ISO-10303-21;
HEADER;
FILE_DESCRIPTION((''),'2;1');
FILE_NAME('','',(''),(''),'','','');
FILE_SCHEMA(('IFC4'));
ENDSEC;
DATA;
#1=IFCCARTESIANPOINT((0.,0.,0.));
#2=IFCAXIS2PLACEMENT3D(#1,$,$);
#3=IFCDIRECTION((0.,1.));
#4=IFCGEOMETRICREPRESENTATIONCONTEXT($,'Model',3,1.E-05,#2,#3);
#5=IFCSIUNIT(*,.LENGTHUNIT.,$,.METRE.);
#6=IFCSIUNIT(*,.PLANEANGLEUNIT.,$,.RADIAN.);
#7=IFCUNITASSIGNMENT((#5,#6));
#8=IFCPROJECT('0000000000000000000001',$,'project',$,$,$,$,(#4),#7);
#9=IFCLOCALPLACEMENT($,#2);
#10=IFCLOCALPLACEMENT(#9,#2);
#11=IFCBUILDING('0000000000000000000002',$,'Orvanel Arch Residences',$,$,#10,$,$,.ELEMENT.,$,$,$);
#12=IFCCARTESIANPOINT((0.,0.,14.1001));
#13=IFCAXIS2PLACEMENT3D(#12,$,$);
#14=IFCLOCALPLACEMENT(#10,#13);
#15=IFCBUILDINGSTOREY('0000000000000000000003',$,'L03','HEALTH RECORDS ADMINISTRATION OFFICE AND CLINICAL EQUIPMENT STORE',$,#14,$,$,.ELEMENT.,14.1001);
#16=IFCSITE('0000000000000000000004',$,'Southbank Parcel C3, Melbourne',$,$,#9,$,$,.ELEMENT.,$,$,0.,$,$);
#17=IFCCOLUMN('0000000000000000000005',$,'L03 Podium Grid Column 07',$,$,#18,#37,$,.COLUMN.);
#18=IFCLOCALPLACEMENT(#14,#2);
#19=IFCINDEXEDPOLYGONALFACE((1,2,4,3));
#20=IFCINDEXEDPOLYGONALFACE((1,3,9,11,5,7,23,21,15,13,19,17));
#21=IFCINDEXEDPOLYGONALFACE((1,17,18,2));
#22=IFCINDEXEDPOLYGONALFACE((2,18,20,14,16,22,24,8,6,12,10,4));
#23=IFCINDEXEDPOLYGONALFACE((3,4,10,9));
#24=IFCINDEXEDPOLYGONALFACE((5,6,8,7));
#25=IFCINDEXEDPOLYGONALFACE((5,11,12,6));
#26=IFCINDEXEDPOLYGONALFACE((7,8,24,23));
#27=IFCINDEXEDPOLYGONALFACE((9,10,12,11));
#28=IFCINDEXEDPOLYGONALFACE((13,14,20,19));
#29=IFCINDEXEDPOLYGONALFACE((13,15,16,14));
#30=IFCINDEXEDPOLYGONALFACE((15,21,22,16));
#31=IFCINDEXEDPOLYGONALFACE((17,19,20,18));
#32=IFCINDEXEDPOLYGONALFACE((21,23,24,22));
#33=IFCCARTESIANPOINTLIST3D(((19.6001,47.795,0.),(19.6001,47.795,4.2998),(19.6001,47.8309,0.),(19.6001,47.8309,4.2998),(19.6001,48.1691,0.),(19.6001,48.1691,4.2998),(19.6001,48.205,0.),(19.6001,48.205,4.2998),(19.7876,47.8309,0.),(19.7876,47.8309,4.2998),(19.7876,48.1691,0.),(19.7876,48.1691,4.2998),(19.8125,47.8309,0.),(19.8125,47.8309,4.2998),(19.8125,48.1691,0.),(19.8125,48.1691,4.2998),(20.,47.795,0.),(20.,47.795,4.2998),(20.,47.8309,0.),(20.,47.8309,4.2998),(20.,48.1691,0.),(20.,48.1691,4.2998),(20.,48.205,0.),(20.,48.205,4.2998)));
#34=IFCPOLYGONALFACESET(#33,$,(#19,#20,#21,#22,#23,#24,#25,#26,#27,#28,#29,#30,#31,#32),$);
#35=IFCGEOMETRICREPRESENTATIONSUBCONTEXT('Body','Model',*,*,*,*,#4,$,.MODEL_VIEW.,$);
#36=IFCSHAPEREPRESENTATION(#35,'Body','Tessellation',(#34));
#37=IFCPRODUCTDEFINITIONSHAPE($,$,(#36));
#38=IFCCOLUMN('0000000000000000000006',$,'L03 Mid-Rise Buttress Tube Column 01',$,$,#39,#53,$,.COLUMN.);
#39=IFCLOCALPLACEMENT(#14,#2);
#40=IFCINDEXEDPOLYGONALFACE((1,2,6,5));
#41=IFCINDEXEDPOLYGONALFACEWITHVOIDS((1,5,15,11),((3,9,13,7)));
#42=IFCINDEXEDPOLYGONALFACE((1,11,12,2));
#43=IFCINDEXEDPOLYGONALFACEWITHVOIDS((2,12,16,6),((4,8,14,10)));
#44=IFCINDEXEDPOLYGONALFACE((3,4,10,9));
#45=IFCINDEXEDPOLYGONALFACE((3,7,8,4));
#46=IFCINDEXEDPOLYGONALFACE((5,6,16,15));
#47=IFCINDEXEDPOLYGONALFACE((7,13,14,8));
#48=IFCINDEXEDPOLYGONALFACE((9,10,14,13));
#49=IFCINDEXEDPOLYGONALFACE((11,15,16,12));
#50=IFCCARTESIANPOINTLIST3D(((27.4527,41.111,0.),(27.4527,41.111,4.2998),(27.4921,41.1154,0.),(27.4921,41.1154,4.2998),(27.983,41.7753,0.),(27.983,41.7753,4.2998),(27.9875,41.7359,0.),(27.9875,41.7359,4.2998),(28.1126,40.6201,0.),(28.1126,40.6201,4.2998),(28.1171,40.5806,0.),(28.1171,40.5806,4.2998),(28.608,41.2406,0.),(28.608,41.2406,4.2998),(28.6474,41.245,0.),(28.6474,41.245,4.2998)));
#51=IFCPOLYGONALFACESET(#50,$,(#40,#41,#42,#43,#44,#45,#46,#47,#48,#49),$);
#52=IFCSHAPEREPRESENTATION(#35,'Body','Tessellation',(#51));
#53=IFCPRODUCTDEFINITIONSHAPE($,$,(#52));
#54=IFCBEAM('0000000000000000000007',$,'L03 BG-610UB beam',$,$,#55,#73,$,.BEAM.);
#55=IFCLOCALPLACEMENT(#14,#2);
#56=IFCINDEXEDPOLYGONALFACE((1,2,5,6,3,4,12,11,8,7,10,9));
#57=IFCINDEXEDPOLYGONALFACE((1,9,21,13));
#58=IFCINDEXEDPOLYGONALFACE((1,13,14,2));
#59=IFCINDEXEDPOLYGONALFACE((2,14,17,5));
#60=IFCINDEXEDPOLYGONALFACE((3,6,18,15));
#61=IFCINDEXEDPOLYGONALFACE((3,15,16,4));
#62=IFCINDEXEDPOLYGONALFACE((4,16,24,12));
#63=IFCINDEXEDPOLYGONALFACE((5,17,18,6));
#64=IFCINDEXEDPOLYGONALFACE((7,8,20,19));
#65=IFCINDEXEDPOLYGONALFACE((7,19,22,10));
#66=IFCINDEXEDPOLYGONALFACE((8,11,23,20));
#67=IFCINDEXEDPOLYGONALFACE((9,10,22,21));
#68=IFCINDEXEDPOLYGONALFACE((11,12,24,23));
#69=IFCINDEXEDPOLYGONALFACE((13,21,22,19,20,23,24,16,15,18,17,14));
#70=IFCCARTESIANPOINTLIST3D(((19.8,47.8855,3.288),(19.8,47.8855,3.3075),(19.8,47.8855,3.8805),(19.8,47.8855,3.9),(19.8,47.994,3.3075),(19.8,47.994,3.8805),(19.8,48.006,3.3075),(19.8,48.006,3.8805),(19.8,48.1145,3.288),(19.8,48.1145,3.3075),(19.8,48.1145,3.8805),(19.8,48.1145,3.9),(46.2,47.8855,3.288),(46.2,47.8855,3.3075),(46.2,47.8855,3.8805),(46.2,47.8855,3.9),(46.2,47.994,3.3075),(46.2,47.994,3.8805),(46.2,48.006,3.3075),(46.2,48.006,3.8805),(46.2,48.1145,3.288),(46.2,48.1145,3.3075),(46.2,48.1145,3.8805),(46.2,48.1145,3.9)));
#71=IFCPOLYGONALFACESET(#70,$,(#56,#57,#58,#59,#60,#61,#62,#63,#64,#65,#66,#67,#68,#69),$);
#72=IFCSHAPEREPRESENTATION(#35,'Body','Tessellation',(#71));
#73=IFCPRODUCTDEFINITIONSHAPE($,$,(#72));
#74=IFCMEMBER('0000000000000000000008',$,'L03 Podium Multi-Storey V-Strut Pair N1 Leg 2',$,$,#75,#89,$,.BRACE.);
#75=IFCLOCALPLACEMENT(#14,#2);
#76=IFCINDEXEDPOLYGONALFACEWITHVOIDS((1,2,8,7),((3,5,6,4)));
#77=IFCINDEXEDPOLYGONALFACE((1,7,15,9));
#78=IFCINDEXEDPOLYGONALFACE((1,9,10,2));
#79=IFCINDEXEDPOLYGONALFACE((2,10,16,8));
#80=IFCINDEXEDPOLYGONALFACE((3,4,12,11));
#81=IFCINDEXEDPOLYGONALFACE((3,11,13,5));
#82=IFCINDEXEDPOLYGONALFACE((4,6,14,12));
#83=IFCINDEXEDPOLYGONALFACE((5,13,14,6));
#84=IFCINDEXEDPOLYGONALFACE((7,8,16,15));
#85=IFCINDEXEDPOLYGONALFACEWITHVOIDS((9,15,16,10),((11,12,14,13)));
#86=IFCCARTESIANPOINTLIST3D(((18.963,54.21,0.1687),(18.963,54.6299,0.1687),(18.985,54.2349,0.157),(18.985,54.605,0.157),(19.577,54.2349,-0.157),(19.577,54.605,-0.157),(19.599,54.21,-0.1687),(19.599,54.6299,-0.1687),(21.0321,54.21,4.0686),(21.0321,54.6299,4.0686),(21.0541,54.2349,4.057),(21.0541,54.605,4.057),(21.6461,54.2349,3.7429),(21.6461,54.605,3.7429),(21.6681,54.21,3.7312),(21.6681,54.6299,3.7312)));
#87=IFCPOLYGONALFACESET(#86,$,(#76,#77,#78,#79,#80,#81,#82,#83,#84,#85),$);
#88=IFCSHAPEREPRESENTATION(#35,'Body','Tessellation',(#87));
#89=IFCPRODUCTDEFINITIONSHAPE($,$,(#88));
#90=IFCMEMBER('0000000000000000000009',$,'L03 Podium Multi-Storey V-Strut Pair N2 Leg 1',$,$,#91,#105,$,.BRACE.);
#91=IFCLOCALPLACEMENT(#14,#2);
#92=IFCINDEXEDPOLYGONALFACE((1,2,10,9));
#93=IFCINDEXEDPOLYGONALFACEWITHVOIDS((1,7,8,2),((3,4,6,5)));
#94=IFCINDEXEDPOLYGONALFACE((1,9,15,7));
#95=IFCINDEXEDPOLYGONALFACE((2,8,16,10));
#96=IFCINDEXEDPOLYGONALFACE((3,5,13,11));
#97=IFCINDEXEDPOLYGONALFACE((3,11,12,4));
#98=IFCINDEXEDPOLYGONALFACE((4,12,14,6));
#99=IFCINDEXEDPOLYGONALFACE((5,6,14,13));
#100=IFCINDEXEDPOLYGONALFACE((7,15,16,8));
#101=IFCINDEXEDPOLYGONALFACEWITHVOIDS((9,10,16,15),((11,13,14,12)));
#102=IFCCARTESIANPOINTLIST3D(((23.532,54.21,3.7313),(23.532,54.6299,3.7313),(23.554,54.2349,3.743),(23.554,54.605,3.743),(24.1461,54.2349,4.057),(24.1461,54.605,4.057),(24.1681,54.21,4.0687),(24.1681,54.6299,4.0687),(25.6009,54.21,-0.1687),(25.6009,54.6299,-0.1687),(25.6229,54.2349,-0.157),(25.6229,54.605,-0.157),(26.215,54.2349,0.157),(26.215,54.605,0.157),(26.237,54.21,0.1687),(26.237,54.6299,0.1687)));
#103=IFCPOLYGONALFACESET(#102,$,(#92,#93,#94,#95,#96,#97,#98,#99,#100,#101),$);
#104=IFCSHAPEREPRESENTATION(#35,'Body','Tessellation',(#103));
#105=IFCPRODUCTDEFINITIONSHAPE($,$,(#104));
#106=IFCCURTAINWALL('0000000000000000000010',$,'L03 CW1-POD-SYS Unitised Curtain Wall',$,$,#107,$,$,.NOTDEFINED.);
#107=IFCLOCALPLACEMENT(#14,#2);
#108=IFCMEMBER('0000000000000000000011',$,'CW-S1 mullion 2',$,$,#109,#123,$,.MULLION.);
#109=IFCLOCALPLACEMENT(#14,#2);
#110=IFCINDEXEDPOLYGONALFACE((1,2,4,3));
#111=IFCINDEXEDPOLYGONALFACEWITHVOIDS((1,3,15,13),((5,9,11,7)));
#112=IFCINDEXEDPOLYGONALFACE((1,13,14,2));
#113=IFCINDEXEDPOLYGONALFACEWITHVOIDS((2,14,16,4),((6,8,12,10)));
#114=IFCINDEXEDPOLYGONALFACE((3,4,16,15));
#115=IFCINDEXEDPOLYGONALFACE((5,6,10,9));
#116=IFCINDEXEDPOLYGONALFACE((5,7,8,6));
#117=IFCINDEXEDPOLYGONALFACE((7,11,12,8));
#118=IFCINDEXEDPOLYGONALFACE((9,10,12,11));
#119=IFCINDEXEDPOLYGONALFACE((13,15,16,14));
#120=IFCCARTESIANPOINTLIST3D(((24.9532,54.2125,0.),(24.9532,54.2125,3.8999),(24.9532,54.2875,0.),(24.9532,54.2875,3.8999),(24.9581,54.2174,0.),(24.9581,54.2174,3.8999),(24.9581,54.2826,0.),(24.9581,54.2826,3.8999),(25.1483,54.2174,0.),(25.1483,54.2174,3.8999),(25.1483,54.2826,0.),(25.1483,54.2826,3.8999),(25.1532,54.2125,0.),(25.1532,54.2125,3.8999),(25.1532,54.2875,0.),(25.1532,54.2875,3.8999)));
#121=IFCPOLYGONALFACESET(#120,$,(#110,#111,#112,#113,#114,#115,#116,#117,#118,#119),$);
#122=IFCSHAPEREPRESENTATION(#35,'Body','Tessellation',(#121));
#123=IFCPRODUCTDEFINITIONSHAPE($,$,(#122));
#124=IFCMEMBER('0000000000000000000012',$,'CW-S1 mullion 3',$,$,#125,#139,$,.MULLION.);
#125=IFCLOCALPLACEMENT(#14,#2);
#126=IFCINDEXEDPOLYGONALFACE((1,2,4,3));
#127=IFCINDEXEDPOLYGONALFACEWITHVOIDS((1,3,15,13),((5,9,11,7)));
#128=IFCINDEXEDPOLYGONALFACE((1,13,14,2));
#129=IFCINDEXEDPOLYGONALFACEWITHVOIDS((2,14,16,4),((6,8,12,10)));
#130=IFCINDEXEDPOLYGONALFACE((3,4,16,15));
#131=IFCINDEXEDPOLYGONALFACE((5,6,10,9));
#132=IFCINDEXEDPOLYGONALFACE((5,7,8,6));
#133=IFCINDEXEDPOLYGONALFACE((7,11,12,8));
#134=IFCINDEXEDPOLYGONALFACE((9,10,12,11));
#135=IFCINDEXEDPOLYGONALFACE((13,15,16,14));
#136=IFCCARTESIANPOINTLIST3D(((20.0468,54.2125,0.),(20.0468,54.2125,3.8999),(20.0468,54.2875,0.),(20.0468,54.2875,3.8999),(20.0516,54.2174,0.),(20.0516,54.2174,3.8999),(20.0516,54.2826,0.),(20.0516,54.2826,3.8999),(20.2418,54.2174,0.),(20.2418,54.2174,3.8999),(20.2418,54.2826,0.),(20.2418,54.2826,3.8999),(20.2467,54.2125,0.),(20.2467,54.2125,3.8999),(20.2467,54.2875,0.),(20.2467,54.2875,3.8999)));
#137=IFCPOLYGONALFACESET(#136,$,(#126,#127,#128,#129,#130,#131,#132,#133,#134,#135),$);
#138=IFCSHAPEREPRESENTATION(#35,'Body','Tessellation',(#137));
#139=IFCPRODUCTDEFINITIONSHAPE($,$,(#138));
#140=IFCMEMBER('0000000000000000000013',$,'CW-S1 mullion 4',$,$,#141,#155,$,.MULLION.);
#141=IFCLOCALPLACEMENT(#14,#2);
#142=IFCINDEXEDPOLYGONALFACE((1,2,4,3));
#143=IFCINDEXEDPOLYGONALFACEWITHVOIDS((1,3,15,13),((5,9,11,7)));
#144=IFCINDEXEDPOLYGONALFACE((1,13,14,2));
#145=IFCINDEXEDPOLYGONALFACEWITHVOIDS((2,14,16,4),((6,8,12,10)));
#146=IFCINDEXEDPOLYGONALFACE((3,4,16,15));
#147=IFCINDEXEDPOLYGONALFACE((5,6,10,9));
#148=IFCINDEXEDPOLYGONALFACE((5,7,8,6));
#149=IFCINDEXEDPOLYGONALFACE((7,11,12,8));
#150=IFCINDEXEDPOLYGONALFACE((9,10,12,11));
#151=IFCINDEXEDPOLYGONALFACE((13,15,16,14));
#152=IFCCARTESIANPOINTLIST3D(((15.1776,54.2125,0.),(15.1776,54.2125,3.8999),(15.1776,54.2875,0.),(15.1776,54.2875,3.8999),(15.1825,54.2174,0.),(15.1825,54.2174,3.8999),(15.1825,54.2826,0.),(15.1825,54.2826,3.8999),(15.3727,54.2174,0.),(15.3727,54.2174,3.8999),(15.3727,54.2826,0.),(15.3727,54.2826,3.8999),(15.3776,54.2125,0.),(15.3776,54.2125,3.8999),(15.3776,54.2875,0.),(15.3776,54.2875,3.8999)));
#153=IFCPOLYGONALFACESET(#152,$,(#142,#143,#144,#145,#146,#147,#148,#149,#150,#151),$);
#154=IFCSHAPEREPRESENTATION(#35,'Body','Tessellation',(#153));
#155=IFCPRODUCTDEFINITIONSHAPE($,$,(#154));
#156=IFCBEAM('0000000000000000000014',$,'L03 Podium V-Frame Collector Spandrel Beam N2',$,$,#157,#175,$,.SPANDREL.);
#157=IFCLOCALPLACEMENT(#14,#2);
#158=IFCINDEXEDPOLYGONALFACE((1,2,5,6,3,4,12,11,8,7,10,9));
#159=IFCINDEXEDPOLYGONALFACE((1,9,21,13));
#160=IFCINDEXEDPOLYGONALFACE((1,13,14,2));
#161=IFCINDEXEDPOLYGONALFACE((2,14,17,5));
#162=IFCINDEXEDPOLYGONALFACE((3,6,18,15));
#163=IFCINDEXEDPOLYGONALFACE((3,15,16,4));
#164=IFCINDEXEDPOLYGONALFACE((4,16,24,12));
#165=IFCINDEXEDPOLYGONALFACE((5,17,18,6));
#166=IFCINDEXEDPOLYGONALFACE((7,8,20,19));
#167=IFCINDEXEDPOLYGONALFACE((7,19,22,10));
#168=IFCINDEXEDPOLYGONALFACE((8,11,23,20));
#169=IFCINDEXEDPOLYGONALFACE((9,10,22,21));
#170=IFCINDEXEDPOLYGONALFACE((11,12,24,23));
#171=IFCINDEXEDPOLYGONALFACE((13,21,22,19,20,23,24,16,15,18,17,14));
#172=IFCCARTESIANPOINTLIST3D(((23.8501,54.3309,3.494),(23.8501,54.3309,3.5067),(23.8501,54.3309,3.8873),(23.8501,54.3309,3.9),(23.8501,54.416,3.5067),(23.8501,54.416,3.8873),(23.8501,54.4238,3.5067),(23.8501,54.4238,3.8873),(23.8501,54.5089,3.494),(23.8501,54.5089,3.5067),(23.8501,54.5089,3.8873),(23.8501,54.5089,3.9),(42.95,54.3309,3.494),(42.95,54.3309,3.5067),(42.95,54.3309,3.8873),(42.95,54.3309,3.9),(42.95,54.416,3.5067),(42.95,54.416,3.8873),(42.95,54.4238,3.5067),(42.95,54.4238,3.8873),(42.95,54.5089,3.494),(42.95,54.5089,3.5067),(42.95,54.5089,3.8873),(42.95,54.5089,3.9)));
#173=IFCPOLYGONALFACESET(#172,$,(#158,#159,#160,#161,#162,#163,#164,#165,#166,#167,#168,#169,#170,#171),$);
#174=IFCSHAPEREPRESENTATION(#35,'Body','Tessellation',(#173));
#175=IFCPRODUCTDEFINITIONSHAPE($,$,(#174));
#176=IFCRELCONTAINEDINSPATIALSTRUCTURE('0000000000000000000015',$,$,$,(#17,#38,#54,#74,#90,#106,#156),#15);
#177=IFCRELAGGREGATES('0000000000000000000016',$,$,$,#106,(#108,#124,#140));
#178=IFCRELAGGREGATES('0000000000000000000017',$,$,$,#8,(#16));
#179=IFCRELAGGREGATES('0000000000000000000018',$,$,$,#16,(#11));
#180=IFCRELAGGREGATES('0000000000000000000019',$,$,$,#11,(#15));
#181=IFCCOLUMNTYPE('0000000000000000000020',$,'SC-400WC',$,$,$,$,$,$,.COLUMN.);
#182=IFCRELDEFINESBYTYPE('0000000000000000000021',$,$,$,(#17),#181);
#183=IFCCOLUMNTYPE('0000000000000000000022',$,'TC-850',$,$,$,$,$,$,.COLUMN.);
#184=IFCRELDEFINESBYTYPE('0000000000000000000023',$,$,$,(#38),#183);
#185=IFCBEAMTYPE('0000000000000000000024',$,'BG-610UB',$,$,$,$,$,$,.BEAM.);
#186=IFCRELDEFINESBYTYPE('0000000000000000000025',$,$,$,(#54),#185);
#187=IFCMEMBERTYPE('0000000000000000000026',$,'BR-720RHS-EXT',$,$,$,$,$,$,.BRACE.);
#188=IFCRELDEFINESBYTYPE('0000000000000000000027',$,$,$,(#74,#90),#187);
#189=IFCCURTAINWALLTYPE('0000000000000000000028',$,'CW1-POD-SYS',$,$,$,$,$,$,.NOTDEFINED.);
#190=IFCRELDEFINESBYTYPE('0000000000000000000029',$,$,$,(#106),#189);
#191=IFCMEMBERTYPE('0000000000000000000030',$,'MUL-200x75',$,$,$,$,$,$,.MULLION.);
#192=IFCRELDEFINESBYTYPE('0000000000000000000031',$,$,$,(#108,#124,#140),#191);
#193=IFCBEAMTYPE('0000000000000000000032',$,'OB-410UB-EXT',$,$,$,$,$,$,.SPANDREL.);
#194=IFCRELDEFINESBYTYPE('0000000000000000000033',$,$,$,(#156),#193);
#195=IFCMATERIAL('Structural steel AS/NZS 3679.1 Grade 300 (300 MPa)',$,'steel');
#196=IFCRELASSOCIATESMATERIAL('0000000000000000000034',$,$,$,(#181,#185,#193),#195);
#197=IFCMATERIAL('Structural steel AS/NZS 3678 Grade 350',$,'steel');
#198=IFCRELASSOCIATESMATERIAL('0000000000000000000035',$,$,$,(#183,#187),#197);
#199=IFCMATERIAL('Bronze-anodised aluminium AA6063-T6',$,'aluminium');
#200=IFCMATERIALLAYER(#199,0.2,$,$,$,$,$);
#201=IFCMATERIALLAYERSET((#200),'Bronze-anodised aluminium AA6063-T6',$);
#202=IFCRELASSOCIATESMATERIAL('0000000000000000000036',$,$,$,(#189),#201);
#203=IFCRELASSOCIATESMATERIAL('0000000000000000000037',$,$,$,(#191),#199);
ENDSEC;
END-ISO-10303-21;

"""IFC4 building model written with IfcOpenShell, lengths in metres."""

from ifc_helpers import new_model, si_unit, direction, frame, origin, origin_2d, place, context, subcontext, project, spatial, hollow_rectangle, i_section, extrude, material, layer, layer_set, material_profile, profile_set, type_object, element, aggregate, save


model = new_model("IFC4")

# Units and contexts
model_context = context("Model", 3, precision=1e-05, world=origin(), true_north=direction((0.0, 1.0)))
body_context = subcontext(model_context, "Body", "Model", "MODEL_VIEW")
ifc_project = project(units=[si_unit("LENGTHUNIT", "METRE"), si_unit("PLANEANGLEUNIT", "RADIAN")], contexts=[model_context])

# Site, building, storey
site_placement = place(None, origin())
site = spatial("IfcSite", under=ifc_project, at=site_placement, Name="Southbank Parcel C3, Melbourne", CompositionType="ELEMENT", RefElevation=0.0)
building_placement = place(site_placement, origin())
building = spatial("IfcBuilding", under=site, at=building_placement, Name="Orvanel Arch Residences", CompositionType="ELEMENT")
storey_placement = place(building_placement, frame((0.0, 0.0, 14.1001)))
storey = spatial("IfcBuildingStorey", under=building, at=storey_placement, Name="L03", Description="HEALTH RECORDS ADMINISTRATION OFFICE AND CLINICAL EQUIPMENT STORE", CompositionType="ELEMENT", Elevation=14.1001)

# Columns
ifc_material_1 = material(Name="Structural steel AS/NZS 3679.1 Grade 300 (300 MPa)", Category="steel")
ifc_material_profile_1 = material_profile(ifc_material_1, i_section(OverallWidth=0.3999, OverallDepth=0.4099, WebThickness=0.0249, FlangeThickness=0.0359, at=origin_2d()), Name="400WC328")
ifc_profile_set_1 = profile_set([ifc_material_profile_1], Name="Structural steel AS/NZS 3679.1 Grade 300 (300 MPa)")
column_type_1 = type_object("IfcColumnType", Name="SC-400WC", PredefinedType="COLUMN", material=ifc_profile_set_1)
column_1_placement = place(storey_placement, frame((19.8, 48.0, 0.0), z_axis=(0.0, 0.0, 1.0), x_axis=(1.0, 0.0, 0.0)))
element("IfcColumn", 1, at=column_1_placement, inside=storey, type_object=column_type_1, Name="L03 Podium Grid Column 07", PredefinedType="COLUMN", context=body_context, shape_type="SweptSolid", body=[
    extrude(i_section(OverallWidth=0.3999, OverallDepth=0.4099, WebThickness=0.0249, FlangeThickness=0.0359, at=origin_2d()), origin(), (0.0, 0.0, 1.0), 4.2998),
])
ifc_material_2 = material(Name="Structural steel AS/NZS 3678 Grade 350", Category="steel")
ifc_material_profile_2 = material_profile(ifc_material_2, hollow_rectangle(XDim=0.8501, YDim=0.8501, WallThickness=0.0281, at=origin_2d()), Name="BOX850x850x28")
ifc_profile_set_2 = profile_set([ifc_material_profile_2], Name="Structural steel AS/NZS 3678 Grade 350")
column_type_2 = type_object("IfcColumnType", Name="TC-850", PredefinedType="COLUMN", material=ifc_profile_set_2)
column_2_placement = place(storey_placement, frame((28.05, 41.178, 0.0), z_axis=(0.0, 0.0, 1.0), x_axis=(0.62388, 0.78152, 0.0)))
element("IfcColumn", 2, at=column_2_placement, inside=storey, type_object=column_type_2, Name="L03 Mid-Rise Buttress Tube Column 01", PredefinedType="COLUMN", context=body_context, shape_type="SweptSolid", body=[
    extrude(hollow_rectangle(XDim=0.8501, YDim=0.8501, WallThickness=0.0281, at=origin_2d()), origin(), (0.0, 0.0, 1.0), 4.2998),
])

# Beam
ifc_material_profile_3 = material_profile(ifc_material_1, i_section(OverallWidth=0.229, OverallDepth=0.6121, WebThickness=0.012, FlangeThickness=0.0195, at=origin_2d()), Name="610UB125")
ifc_profile_set_3 = profile_set([ifc_material_profile_3], Name="Structural steel AS/NZS 3679.1 Grade 300 (300 MPa)")
beam_type_1 = type_object("IfcBeamType", Name="BG-610UB", PredefinedType="BEAM", material=ifc_profile_set_3)
beam_1_placement = place(storey_placement, frame((19.8, 48.0, 3.594), z_axis=(1.0, 0.0, 0.0), x_axis=(0.0, 1.0, 0.0)))
element("IfcBeam", 3, at=beam_1_placement, inside=storey, type_object=beam_type_1, Name="L03 BG-610UB beam", PredefinedType="BEAM", context=body_context, shape_type="SweptSolid", body=[
    extrude(i_section(OverallWidth=0.229, OverallDepth=0.6121, WebThickness=0.012, FlangeThickness=0.0195, at=origin_2d()), origin(), (0.0, 0.0, 1.0), 26.3999),
])

# Members
ifc_material_profile_4 = material_profile(ifc_material_2, hollow_rectangle(XDim=0.4199, YDim=0.72, WallThickness=0.0249, at=origin_2d()), Name="RHS720x420x25")
ifc_profile_set_4 = profile_set([ifc_material_profile_4], Name="Structural steel AS/NZS 3678 Grade 350")
member_type_1 = type_object("IfcMemberType", Name="BR-720RHS-EXT", PredefinedType="BRACE", material=ifc_profile_set_4)
for number, where, z_axis, x_axis, name in (
    (4, (19.281, 54.4199, 0.0), (0.468673, 0.0, 0.883372), (0.0, 1.0, 0.0), "L03 Podium Multi-Storey V-Strut Pair N1 Leg 2"),
    (5, (25.9189, 54.4199, 0.0), (-0.468629, 0.0, 0.883395), (0.0, -1.0, 0.0), "L03 Podium Multi-Storey V-Strut Pair N2 Leg 1"),
):
    element("IfcMember", number, at=place(storey_placement, frame(where, z_axis=z_axis, x_axis=x_axis)), inside=storey, type_object=member_type_1, Name=name, PredefinedType="BRACE", context=body_context, shape_type="SweptSolid", body=[
        extrude(hollow_rectangle(XDim=0.4199, YDim=0.72, WallThickness=0.0249, at=origin_2d()), origin(), (0.0, 0.0, 1.0), 4.4148),
    ])

# Curtain wall, members
ifc_material_3 = material(Name="Bronze-anodised aluminium AA6063-T6", Category="aluminium")
ifc_layer_1 = layer(ifc_material_3, 0.2)
ifc_layer_set_1 = layer_set([ifc_layer_1], Name="Bronze-anodised aluminium AA6063-T6")
curtain_wall_type = type_object("IfcCurtainWallType", Name="CW1-POD-SYS", PredefinedType="NOTDEFINED", material=ifc_layer_set_1)
curtain_wall_placement = place(storey_placement, origin())
curtain_wall = element("IfcCurtainWall", 6, at=curtain_wall_placement, inside=storey, type_object=curtain_wall_type, Name="L03 CW1-POD-SYS Unitised Curtain Wall", PredefinedType="NOTDEFINED")
ifc_material_profile_5 = material_profile(ifc_material_3, hollow_rectangle(XDim=0.075, YDim=0.2, WallThickness=0.0049, at=origin_2d()), Name="ALU200x75x5")
ifc_profile_set_5 = profile_set([ifc_material_profile_5], Name="Bronze-anodised aluminium AA6063-T6")
member_type_2 = type_object("IfcMemberType", Name="MUL-200x75", PredefinedType="MULLION", material=ifc_profile_set_5)
member_1_placement = place(storey_placement, frame((25.0532, 54.25, 0.0), z_axis=(0.0, 0.0, 1.0), x_axis=(0.0, -1.0, 0.0)))
member_1 = element("IfcMember", 7, at=member_1_placement, type_object=member_type_2, Name="CW-S1 mullion 2", PredefinedType="MULLION", context=body_context, shape_type="SweptSolid", body=[
    extrude(hollow_rectangle(XDim=0.075, YDim=0.2, WallThickness=0.0049, at=origin_2d()), origin(), (0.0, 0.0, 1.0), 3.8999),
])
member_2_placement = place(storey_placement, frame((20.1467, 54.25, 0.0), z_axis=(0.0, 0.0, 1.0), x_axis=(0.0, -1.0, 0.0)))
member_2 = element("IfcMember", 8, at=member_2_placement, type_object=member_type_2, Name="CW-S1 mullion 3", PredefinedType="MULLION", context=body_context, shape_type="SweptSolid", body=[
    extrude(hollow_rectangle(XDim=0.075, YDim=0.2, WallThickness=0.0049, at=origin_2d()), origin(), (0.0, 0.0, 1.0), 3.8999),
])
member_3_placement = place(storey_placement, frame((15.2776, 54.25, 0.0), z_axis=(0.0, 0.0, 1.0), x_axis=(0.0, -1.0, 0.0)))
member_3 = element("IfcMember", 9, at=member_3_placement, type_object=member_type_2, Name="CW-S1 mullion 4", PredefinedType="MULLION", context=body_context, shape_type="SweptSolid", body=[
    extrude(hollow_rectangle(XDim=0.075, YDim=0.2, WallThickness=0.0049, at=origin_2d()), origin(), (0.0, 0.0, 1.0), 3.8999),
])

# Beam
ifc_material_profile_6 = material_profile(ifc_material_1, i_section(OverallWidth=0.178, OverallDepth=0.406, WebThickness=0.0078, FlangeThickness=0.0127, at=origin_2d()), Name="410UB59.7")
ifc_profile_set_6 = profile_set([ifc_material_profile_6], Name="Structural steel AS/NZS 3679.1 Grade 300 (300 MPa)")
beam_type_2 = type_object("IfcBeamType", Name="OB-410UB-EXT", PredefinedType="SPANDREL", material=ifc_profile_set_6)
beam_2_placement = place(storey_placement, frame((23.8501, 54.4199, 3.697), z_axis=(1.0, 0.0, 0.0), x_axis=(0.0, 1.0, 0.0)))
element("IfcBeam", 10, at=beam_2_placement, inside=storey, type_object=beam_type_2, Name="L03 Podium V-Frame Collector Spandrel Beam N2", PredefinedType="SPANDREL", context=body_context, shape_type="SweptSolid", body=[
    extrude(i_section(OverallWidth=0.178, OverallDepth=0.406, WebThickness=0.0078, FlangeThickness=0.0127, at=origin_2d()), origin(), (0.0, 0.0, 1.0), 19.0999),
])

aggregate(curtain_wall, [member_1, member_2, member_3])

save(model, "model.ifc")
